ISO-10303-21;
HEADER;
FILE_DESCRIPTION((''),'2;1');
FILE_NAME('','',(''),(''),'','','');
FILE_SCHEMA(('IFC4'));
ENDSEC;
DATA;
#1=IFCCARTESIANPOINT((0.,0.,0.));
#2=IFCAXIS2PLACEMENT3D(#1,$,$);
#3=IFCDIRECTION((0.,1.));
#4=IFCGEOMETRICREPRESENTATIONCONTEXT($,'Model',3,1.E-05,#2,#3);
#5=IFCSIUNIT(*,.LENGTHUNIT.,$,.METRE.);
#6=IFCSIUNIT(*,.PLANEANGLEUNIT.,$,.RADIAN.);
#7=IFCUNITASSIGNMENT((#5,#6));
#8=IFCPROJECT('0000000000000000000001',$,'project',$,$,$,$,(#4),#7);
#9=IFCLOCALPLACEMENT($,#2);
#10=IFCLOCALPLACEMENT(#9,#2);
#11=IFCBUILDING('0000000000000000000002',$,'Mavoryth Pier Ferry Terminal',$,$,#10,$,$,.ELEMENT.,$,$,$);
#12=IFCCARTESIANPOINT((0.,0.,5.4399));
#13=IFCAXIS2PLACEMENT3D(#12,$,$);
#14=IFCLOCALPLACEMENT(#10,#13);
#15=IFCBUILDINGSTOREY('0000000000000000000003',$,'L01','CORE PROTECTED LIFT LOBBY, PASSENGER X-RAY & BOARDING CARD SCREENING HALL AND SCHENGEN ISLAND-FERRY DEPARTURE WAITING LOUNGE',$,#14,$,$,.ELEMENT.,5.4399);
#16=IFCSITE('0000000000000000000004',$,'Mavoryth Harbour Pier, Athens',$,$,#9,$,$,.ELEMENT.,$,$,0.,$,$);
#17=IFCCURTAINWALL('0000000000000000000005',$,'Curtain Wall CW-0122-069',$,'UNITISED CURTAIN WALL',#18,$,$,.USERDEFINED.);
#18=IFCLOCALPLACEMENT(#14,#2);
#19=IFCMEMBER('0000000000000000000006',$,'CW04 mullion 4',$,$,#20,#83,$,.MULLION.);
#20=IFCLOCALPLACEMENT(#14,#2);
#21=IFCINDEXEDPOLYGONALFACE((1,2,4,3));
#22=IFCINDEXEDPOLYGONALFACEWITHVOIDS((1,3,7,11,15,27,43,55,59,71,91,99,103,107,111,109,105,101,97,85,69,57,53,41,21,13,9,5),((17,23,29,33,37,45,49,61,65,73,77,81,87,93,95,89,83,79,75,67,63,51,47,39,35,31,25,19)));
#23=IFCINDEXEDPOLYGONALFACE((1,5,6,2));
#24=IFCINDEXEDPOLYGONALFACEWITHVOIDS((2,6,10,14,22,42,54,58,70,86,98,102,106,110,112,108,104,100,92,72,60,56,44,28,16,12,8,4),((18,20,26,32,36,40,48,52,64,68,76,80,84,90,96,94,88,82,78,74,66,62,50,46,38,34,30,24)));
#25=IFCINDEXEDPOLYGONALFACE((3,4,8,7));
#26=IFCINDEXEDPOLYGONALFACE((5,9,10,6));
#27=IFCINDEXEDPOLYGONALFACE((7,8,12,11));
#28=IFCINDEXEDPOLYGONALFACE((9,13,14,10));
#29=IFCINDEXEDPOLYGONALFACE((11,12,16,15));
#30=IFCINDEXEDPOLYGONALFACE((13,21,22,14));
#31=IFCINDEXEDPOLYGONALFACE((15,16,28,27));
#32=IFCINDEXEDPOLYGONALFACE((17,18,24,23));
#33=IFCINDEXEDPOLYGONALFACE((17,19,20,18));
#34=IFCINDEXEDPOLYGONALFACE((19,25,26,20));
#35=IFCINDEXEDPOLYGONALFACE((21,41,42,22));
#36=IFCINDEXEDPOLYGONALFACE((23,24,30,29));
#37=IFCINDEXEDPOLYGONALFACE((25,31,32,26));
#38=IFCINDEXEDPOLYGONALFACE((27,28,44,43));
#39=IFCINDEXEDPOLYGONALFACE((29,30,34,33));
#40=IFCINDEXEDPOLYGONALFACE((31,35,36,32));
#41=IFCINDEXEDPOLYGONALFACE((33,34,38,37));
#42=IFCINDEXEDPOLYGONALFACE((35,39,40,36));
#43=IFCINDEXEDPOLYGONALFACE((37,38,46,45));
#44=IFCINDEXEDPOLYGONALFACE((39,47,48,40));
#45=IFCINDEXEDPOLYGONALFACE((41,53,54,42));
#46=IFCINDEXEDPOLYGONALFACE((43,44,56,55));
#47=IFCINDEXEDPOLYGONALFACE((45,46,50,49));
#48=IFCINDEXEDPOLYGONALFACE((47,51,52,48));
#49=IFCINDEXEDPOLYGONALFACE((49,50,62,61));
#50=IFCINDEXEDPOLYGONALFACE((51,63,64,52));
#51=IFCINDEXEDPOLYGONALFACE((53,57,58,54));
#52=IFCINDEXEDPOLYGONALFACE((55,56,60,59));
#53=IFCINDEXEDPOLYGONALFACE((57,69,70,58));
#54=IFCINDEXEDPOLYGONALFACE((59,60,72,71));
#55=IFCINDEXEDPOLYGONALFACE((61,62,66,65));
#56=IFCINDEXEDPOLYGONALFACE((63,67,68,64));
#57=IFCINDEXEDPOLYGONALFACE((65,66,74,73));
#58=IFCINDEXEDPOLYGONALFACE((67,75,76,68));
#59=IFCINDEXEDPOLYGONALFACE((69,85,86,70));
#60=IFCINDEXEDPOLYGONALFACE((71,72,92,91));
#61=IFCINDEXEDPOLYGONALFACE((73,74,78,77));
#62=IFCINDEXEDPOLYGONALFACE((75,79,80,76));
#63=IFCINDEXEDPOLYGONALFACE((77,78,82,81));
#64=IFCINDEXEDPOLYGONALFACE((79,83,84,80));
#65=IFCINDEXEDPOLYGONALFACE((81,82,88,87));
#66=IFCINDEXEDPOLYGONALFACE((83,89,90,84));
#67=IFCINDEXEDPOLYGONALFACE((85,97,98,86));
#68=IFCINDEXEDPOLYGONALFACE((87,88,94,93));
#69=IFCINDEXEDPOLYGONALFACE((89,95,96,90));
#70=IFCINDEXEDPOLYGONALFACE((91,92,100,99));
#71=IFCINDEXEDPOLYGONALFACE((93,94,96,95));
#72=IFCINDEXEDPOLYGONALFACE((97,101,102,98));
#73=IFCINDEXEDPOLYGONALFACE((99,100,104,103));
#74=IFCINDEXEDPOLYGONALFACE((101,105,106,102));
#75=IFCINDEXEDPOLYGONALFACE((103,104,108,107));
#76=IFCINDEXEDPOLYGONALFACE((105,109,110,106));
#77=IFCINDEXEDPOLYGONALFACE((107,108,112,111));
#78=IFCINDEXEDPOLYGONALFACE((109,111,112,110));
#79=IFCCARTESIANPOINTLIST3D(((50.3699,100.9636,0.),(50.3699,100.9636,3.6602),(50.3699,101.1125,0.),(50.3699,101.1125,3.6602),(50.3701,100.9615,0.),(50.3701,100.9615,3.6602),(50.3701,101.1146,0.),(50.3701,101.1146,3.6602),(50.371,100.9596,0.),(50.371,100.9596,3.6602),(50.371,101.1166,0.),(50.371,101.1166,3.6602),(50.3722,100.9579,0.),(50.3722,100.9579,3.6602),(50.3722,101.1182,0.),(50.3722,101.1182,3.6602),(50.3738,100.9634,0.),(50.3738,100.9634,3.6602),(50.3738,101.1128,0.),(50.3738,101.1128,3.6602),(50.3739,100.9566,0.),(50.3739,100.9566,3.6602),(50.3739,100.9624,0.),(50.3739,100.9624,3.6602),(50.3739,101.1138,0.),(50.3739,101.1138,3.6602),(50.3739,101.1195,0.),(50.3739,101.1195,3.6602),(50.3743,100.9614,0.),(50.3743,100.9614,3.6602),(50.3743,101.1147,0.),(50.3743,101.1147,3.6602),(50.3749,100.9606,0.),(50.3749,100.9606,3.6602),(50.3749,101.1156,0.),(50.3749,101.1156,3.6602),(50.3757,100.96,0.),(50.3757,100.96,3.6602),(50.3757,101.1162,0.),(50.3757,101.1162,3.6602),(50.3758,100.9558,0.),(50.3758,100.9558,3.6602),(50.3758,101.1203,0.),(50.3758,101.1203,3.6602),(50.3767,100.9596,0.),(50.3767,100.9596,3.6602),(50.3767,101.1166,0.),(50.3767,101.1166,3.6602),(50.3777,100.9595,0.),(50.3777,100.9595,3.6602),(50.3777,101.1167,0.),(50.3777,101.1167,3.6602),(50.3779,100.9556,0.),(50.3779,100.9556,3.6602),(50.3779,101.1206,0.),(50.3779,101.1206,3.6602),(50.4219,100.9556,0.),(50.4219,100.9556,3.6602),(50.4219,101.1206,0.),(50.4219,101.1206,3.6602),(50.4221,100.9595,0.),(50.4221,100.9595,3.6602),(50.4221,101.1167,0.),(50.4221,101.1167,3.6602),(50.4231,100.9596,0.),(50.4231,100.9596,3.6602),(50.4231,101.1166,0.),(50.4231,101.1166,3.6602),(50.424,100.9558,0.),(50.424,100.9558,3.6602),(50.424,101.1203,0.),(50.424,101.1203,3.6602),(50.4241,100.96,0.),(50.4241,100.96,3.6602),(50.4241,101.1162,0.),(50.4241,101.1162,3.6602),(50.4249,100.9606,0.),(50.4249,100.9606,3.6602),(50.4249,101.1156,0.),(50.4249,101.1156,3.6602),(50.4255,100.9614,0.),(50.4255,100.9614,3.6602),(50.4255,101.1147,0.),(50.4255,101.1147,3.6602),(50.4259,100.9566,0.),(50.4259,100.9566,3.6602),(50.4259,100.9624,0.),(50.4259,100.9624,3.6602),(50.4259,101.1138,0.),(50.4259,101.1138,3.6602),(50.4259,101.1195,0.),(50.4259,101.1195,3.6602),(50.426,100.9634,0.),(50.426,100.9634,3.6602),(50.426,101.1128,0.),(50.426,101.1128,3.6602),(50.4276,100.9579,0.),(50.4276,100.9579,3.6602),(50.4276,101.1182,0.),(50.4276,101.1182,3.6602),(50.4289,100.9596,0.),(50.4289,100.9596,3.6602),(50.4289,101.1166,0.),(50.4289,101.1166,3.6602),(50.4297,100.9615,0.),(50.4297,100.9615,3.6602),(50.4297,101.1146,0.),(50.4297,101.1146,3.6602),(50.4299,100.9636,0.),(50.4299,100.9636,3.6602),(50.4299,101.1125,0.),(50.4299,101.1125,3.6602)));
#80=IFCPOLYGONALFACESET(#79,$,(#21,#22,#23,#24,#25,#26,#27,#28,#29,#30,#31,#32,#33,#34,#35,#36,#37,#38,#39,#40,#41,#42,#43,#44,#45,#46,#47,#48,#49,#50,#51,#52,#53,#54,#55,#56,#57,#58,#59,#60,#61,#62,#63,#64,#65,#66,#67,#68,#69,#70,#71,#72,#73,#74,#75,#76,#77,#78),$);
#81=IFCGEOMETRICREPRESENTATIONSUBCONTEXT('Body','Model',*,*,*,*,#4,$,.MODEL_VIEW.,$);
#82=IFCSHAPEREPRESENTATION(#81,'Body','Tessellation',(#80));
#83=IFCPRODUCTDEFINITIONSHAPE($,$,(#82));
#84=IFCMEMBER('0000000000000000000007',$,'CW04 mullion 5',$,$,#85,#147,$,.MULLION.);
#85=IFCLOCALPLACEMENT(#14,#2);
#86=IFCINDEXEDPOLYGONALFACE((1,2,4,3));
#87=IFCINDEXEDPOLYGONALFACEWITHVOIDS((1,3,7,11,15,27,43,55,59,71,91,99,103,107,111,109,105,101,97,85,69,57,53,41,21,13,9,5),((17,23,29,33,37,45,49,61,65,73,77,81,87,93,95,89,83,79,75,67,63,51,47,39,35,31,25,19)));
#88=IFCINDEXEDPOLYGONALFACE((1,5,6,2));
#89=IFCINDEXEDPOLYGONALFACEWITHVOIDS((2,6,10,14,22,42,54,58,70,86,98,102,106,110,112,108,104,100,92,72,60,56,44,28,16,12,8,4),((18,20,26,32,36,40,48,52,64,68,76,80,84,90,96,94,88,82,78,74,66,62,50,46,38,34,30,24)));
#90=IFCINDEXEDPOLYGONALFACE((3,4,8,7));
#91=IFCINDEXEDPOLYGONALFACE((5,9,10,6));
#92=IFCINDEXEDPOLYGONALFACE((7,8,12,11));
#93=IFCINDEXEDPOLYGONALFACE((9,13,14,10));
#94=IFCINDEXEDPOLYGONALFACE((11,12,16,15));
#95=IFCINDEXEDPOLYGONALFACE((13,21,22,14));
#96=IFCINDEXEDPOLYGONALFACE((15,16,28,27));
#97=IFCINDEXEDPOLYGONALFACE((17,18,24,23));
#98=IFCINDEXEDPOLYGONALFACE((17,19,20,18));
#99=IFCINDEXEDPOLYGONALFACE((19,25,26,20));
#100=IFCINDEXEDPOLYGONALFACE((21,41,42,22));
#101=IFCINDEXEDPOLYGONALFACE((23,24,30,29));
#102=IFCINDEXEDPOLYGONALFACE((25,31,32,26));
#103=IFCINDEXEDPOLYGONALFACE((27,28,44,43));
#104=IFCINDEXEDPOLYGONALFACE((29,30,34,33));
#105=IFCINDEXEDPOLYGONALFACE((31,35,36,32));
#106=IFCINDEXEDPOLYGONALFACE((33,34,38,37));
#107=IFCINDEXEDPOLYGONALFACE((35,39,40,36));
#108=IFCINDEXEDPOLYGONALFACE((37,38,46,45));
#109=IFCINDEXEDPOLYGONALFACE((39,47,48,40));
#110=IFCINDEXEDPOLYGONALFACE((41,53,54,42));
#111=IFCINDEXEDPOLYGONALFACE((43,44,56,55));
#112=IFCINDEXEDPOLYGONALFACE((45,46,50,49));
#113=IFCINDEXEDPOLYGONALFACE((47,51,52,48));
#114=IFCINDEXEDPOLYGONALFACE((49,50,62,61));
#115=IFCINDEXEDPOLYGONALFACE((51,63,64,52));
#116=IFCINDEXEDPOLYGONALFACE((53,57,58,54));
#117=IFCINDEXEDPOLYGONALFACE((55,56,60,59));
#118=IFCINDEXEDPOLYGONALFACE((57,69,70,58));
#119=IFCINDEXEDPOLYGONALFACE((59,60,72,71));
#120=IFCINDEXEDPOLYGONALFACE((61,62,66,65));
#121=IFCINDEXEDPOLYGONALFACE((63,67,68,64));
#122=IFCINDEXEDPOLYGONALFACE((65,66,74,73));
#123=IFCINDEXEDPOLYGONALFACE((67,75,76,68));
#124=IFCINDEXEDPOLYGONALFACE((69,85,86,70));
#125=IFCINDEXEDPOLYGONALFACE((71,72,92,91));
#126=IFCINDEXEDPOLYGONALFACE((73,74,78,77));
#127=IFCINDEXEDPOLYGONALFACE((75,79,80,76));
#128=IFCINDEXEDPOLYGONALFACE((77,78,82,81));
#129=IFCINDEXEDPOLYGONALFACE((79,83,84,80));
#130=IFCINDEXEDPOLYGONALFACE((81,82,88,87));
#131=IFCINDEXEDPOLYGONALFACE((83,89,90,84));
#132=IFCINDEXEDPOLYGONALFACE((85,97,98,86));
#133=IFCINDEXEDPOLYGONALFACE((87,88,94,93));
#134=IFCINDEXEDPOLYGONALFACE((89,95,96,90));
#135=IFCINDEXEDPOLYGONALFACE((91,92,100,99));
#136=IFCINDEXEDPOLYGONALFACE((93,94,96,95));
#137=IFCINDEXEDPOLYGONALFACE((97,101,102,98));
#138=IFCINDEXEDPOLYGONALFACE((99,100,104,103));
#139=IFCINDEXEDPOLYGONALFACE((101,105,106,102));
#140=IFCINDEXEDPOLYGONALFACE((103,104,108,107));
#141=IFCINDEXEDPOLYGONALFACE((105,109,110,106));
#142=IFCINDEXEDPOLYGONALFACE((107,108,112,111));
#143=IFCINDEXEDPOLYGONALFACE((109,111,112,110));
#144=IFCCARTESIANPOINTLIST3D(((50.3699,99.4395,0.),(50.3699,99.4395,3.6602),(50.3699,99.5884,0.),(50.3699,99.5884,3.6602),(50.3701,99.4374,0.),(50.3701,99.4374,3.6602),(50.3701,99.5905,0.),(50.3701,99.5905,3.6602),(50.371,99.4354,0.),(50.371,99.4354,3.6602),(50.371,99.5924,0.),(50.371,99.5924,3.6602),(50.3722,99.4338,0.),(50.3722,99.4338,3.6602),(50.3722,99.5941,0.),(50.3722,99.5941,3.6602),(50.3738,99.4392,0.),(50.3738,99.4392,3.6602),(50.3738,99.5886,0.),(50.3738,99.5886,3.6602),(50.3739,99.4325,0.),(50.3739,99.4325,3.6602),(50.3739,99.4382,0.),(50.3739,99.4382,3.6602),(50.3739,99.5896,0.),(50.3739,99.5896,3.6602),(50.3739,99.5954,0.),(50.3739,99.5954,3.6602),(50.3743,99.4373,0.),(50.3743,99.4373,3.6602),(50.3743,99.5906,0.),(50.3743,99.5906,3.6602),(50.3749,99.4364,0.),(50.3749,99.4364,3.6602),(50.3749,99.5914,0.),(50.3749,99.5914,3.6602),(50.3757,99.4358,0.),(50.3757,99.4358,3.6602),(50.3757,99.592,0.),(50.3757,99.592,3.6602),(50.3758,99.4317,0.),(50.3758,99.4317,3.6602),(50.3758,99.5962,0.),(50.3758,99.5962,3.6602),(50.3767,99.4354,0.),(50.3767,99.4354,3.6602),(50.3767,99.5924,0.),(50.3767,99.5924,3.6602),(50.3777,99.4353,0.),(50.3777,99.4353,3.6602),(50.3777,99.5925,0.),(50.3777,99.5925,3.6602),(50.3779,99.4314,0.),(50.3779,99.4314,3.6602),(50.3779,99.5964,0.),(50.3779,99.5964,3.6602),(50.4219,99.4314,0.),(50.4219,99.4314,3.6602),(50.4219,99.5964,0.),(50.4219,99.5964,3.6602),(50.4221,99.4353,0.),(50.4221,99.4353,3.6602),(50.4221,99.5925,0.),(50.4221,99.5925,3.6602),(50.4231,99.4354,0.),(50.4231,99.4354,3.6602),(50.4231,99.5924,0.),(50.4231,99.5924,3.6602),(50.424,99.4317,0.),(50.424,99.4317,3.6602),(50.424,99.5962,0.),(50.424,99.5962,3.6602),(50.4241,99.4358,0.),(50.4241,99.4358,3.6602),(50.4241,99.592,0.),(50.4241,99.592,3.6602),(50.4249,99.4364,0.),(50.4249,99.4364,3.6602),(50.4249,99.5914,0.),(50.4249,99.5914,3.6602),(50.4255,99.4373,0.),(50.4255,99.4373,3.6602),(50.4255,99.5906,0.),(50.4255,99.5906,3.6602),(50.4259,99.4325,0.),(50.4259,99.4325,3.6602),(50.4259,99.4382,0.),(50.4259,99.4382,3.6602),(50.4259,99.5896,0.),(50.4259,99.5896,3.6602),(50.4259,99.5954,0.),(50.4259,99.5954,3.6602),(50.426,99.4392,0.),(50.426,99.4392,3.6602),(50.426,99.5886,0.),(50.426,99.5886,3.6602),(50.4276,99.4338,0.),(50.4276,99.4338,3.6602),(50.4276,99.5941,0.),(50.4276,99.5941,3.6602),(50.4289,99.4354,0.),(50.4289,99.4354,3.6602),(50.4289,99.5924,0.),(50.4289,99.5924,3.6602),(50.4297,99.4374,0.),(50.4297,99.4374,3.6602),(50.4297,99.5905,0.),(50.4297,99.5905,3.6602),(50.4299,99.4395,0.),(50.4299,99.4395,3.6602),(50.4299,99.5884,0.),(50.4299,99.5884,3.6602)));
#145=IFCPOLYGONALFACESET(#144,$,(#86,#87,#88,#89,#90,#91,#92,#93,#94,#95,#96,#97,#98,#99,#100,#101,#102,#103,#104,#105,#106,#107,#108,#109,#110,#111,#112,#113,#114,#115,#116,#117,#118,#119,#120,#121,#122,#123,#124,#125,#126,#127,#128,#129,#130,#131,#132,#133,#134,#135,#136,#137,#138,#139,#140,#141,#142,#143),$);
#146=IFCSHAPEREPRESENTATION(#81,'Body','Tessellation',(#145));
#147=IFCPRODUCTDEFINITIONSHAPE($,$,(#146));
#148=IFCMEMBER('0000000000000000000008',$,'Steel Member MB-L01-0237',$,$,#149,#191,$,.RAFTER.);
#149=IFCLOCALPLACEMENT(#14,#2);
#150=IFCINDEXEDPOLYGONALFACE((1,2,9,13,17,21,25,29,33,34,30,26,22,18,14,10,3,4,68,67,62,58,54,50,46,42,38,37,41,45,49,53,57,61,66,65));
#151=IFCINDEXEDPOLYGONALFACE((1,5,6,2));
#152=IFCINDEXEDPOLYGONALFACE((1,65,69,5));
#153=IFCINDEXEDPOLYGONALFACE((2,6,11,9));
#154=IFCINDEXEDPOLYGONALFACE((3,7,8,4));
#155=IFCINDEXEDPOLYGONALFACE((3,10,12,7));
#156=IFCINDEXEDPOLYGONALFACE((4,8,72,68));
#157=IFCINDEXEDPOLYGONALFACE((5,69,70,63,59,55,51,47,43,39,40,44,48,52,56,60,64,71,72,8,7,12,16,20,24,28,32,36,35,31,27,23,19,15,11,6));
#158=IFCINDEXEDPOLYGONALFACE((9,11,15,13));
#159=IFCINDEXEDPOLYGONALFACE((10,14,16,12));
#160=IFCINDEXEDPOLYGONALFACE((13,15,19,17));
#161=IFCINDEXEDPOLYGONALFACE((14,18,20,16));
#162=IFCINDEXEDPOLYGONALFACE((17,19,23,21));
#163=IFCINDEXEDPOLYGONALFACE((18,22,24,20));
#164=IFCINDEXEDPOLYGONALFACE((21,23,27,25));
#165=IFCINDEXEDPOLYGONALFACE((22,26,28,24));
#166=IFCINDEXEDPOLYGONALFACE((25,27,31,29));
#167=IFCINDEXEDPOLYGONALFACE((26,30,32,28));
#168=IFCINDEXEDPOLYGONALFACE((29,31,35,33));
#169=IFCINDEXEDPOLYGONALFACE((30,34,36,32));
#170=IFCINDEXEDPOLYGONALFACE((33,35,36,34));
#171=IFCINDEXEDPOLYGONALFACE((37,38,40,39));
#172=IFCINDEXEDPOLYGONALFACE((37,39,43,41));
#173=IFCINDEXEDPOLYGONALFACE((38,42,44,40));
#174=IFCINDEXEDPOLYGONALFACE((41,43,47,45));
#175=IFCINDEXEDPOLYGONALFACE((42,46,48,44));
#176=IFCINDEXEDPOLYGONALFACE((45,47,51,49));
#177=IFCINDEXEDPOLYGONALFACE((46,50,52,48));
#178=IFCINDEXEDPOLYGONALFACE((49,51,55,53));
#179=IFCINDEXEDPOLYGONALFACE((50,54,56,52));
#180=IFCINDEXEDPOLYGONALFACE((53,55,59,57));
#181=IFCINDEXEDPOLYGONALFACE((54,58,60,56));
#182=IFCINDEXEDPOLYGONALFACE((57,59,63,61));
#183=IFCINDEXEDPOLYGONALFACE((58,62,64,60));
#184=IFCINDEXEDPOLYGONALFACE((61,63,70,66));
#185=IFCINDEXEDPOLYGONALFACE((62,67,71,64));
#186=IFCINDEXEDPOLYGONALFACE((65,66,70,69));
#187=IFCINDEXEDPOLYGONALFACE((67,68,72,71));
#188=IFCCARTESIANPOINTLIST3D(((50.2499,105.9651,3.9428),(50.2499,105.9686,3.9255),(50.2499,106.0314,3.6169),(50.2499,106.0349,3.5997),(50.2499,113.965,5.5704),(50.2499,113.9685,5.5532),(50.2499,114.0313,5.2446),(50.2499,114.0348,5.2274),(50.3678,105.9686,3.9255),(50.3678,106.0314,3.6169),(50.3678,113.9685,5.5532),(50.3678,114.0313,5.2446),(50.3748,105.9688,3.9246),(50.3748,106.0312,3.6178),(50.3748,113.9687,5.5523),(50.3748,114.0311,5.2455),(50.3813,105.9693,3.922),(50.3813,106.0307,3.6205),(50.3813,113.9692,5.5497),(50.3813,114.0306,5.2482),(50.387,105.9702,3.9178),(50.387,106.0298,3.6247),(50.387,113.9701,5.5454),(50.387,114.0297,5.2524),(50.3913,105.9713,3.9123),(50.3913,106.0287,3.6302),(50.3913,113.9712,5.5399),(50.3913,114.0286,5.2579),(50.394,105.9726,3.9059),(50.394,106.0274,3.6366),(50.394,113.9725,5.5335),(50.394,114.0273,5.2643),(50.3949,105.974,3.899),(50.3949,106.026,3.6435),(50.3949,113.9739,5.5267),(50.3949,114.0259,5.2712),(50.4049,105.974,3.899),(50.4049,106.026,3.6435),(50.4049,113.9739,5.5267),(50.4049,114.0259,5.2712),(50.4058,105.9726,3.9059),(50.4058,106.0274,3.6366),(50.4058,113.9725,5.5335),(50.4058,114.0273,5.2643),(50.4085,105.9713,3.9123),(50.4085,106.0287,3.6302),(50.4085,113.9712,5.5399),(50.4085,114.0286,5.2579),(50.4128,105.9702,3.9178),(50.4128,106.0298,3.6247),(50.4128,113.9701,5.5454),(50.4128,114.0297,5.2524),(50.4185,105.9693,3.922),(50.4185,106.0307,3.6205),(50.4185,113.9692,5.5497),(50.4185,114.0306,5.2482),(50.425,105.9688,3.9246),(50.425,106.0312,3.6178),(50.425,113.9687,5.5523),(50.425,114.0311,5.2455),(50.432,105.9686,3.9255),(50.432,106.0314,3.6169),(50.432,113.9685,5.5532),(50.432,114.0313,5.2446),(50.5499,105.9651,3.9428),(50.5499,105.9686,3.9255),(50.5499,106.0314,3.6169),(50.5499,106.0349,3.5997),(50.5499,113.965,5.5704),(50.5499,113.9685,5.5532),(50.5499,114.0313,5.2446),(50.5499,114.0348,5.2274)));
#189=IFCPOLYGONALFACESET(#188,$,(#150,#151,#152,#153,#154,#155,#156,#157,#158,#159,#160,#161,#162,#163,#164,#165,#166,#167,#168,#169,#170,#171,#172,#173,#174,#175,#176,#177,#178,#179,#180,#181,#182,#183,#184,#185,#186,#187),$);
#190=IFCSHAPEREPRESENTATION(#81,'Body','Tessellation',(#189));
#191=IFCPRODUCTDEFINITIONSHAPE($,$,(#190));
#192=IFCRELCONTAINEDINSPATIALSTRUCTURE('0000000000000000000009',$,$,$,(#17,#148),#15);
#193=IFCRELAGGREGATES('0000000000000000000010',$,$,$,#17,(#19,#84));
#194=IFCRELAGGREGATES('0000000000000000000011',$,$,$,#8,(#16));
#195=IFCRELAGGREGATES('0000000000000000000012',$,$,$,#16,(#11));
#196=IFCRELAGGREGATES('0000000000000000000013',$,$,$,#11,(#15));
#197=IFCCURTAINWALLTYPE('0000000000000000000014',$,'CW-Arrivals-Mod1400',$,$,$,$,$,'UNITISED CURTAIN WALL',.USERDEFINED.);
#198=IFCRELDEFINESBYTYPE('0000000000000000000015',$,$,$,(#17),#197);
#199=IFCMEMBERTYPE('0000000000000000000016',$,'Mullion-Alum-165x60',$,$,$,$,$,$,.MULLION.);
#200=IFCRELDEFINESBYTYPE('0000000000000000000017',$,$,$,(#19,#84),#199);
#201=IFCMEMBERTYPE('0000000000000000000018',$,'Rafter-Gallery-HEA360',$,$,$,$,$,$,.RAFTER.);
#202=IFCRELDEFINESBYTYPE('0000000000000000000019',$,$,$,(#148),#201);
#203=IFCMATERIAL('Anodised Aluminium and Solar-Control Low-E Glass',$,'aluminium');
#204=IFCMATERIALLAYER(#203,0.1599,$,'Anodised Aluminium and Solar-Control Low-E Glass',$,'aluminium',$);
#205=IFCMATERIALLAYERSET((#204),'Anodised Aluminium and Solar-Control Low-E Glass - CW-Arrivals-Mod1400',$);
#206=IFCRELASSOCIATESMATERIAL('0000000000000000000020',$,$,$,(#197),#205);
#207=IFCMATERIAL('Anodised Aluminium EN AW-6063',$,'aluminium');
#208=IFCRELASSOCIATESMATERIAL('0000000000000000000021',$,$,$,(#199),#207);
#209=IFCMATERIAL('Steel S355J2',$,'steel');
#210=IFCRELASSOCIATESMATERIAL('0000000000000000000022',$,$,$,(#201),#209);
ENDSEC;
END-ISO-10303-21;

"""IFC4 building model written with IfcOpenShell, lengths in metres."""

from ifc_helpers import new_model, si_unit, direction, frame, origin, origin_2d, place, context, subcontext, project, spatial, hollow_rectangle, i_section, extrude, material, layer, layer_set, material_profile, profile_set, type_object, element, aggregate, save


model = new_model("IFC4")

# Units and contexts
model_context = context("Model", 3, precision=1e-05, world=origin(), true_north=direction((0.0, 1.0)))
body_context = subcontext(model_context, "Body", "Model", "MODEL_VIEW")
ifc_project = project(units=[si_unit("LENGTHUNIT", "METRE"), si_unit("PLANEANGLEUNIT", "RADIAN")], contexts=[model_context])

# Site, building, storey
site_placement = place(None, origin())
site = spatial("IfcSite", under=ifc_project, at=site_placement, Name="Mavoryth Harbour Pier, Athens", CompositionType="ELEMENT", RefElevation=0.0)
building_placement = place(site_placement, origin())
building = spatial("IfcBuilding", under=site, at=building_placement, Name="Mavoryth Pier Ferry Terminal", CompositionType="ELEMENT")
storey_placement = place(building_placement, frame((0.0, 0.0, 5.4399)))
storey = spatial("IfcBuildingStorey", under=building, at=storey_placement, Name="L01", Description="CORE PROTECTED LIFT LOBBY, PASSENGER X-RAY & BOARDING CARD SCREENING HALL AND SCHENGEN ISLAND-FERRY DEPARTURE WAITING LOUNGE", CompositionType="ELEMENT", Elevation=5.4399)

# Shared definitions
ifc_material_1 = material(Name="Steel S355J2", Category="steel")

# Curtain wall, members
ifc_material_2 = material(Name="Anodised Aluminium and Solar-Control Low-E Glass", Category="aluminium")
ifc_layer_1 = layer(ifc_material_2, 0.1599, Name="Anodised Aluminium and Solar-Control Low-E Glass", Category="aluminium")
ifc_layer_set_1 = layer_set([ifc_layer_1], Name="Anodised Aluminium and Solar-Control Low-E Glass - CW-Arrivals-Mod1400")
curtain_wall_type = type_object("IfcCurtainWallType", Name="CW-Arrivals-Mod1400", ElementType="UNITISED CURTAIN WALL", PredefinedType="USERDEFINED", material=ifc_layer_set_1)
curtain_wall_placement = place(storey_placement, origin())
curtain_wall = element("IfcCurtainWall", 1, at=curtain_wall_placement, inside=storey, type_object=curtain_wall_type, Name="Curtain Wall CW-0122-069", ObjectType="UNITISED CURTAIN WALL", PredefinedType="USERDEFINED")
ifc_material_3 = material(Name="Anodised Aluminium EN AW-6063", Category="aluminium")
ifc_material_profile_1 = material_profile(ifc_material_3, hollow_rectangle(XDim=0.0601, YDim=0.165, WallThickness=0.0039, InnerFilletRadius=0.0039, OuterFilletRadius=0.0081, at=origin_2d()), Name="AL-MULL 165x60x4", Category="aluminium")
ifc_profile_set_1 = profile_set([ifc_material_profile_1], Name="Anodised Aluminium EN AW-6063 - AL-MULL 165x60x4")
member_type_1 = type_object("IfcMemberType", Name="Mullion-Alum-165x60", PredefinedType="MULLION", material=ifc_profile_set_1)
member_1_placement = place(storey_placement, frame((50.3999, 101.0381, 0.0), z_axis=(0.0, 0.0, 1.0), x_axis=(1.0, 0.0, 0.0)))
member_1 = element("IfcMember", 2, at=member_1_placement, type_object=member_type_1, Name="CW04 mullion 4", PredefinedType="MULLION", context=body_context, shape_type="SweptSolid", body=[
    extrude(hollow_rectangle(XDim=0.0601, YDim=0.165, WallThickness=0.0039, InnerFilletRadius=0.0039, OuterFilletRadius=0.0081, at=origin_2d()), origin(), (0.0, 0.0, 1.0), 3.6602),
])
member_2_placement = place(storey_placement, frame((50.3999, 99.5139, 0.0), z_axis=(0.0, 0.0, 1.0), x_axis=(1.0, 0.0, 0.0)))
member_2 = element("IfcMember", 3, at=member_2_placement, type_object=member_type_1, Name="CW04 mullion 5", PredefinedType="MULLION", context=body_context, shape_type="SweptSolid", body=[
    extrude(hollow_rectangle(XDim=0.0601, YDim=0.165, WallThickness=0.0039, InnerFilletRadius=0.0039, OuterFilletRadius=0.0081, at=origin_2d()), origin(), (0.0, 0.0, 1.0), 3.6602),
])

# Member
ifc_material_profile_2 = material_profile(ifc_material_1, i_section(OverallWidth=0.3, OverallDepth=0.3501, WebThickness=0.01, FlangeThickness=0.0176, FilletRadius=0.0271, at=origin_2d()), Name="HEA 360", Category="steel")
ifc_profile_set_2 = profile_set([ifc_material_profile_2], Name="Steel S355J2 - HEA 360")
member_type_2 = type_object("IfcMemberType", Name="Rafter-Gallery-HEA360", PredefinedType="RAFTER", material=ifc_profile_set_2)
member_3_placement = place(storey_placement, frame((50.3999, 106.0, 3.7712), z_axis=(0.0, 0.979923, 0.199376), x_axis=(-1.0, 0.0, 0.0)))
element("IfcMember", 4, at=member_3_placement, inside=storey, type_object=member_type_2, Name="Steel Member MB-L01-0237", PredefinedType="RAFTER", context=body_context, shape_type="SweptSolid", body=[
    extrude(i_section(OverallWidth=0.3, OverallDepth=0.3501, WebThickness=0.01, FlangeThickness=0.0176, FilletRadius=0.0271, at=origin_2d()), origin(), (0.0, 0.0, 1.0), 8.1638),
])

aggregate(curtain_wall, [member_1, member_2])

save(model, "model.ifc")
